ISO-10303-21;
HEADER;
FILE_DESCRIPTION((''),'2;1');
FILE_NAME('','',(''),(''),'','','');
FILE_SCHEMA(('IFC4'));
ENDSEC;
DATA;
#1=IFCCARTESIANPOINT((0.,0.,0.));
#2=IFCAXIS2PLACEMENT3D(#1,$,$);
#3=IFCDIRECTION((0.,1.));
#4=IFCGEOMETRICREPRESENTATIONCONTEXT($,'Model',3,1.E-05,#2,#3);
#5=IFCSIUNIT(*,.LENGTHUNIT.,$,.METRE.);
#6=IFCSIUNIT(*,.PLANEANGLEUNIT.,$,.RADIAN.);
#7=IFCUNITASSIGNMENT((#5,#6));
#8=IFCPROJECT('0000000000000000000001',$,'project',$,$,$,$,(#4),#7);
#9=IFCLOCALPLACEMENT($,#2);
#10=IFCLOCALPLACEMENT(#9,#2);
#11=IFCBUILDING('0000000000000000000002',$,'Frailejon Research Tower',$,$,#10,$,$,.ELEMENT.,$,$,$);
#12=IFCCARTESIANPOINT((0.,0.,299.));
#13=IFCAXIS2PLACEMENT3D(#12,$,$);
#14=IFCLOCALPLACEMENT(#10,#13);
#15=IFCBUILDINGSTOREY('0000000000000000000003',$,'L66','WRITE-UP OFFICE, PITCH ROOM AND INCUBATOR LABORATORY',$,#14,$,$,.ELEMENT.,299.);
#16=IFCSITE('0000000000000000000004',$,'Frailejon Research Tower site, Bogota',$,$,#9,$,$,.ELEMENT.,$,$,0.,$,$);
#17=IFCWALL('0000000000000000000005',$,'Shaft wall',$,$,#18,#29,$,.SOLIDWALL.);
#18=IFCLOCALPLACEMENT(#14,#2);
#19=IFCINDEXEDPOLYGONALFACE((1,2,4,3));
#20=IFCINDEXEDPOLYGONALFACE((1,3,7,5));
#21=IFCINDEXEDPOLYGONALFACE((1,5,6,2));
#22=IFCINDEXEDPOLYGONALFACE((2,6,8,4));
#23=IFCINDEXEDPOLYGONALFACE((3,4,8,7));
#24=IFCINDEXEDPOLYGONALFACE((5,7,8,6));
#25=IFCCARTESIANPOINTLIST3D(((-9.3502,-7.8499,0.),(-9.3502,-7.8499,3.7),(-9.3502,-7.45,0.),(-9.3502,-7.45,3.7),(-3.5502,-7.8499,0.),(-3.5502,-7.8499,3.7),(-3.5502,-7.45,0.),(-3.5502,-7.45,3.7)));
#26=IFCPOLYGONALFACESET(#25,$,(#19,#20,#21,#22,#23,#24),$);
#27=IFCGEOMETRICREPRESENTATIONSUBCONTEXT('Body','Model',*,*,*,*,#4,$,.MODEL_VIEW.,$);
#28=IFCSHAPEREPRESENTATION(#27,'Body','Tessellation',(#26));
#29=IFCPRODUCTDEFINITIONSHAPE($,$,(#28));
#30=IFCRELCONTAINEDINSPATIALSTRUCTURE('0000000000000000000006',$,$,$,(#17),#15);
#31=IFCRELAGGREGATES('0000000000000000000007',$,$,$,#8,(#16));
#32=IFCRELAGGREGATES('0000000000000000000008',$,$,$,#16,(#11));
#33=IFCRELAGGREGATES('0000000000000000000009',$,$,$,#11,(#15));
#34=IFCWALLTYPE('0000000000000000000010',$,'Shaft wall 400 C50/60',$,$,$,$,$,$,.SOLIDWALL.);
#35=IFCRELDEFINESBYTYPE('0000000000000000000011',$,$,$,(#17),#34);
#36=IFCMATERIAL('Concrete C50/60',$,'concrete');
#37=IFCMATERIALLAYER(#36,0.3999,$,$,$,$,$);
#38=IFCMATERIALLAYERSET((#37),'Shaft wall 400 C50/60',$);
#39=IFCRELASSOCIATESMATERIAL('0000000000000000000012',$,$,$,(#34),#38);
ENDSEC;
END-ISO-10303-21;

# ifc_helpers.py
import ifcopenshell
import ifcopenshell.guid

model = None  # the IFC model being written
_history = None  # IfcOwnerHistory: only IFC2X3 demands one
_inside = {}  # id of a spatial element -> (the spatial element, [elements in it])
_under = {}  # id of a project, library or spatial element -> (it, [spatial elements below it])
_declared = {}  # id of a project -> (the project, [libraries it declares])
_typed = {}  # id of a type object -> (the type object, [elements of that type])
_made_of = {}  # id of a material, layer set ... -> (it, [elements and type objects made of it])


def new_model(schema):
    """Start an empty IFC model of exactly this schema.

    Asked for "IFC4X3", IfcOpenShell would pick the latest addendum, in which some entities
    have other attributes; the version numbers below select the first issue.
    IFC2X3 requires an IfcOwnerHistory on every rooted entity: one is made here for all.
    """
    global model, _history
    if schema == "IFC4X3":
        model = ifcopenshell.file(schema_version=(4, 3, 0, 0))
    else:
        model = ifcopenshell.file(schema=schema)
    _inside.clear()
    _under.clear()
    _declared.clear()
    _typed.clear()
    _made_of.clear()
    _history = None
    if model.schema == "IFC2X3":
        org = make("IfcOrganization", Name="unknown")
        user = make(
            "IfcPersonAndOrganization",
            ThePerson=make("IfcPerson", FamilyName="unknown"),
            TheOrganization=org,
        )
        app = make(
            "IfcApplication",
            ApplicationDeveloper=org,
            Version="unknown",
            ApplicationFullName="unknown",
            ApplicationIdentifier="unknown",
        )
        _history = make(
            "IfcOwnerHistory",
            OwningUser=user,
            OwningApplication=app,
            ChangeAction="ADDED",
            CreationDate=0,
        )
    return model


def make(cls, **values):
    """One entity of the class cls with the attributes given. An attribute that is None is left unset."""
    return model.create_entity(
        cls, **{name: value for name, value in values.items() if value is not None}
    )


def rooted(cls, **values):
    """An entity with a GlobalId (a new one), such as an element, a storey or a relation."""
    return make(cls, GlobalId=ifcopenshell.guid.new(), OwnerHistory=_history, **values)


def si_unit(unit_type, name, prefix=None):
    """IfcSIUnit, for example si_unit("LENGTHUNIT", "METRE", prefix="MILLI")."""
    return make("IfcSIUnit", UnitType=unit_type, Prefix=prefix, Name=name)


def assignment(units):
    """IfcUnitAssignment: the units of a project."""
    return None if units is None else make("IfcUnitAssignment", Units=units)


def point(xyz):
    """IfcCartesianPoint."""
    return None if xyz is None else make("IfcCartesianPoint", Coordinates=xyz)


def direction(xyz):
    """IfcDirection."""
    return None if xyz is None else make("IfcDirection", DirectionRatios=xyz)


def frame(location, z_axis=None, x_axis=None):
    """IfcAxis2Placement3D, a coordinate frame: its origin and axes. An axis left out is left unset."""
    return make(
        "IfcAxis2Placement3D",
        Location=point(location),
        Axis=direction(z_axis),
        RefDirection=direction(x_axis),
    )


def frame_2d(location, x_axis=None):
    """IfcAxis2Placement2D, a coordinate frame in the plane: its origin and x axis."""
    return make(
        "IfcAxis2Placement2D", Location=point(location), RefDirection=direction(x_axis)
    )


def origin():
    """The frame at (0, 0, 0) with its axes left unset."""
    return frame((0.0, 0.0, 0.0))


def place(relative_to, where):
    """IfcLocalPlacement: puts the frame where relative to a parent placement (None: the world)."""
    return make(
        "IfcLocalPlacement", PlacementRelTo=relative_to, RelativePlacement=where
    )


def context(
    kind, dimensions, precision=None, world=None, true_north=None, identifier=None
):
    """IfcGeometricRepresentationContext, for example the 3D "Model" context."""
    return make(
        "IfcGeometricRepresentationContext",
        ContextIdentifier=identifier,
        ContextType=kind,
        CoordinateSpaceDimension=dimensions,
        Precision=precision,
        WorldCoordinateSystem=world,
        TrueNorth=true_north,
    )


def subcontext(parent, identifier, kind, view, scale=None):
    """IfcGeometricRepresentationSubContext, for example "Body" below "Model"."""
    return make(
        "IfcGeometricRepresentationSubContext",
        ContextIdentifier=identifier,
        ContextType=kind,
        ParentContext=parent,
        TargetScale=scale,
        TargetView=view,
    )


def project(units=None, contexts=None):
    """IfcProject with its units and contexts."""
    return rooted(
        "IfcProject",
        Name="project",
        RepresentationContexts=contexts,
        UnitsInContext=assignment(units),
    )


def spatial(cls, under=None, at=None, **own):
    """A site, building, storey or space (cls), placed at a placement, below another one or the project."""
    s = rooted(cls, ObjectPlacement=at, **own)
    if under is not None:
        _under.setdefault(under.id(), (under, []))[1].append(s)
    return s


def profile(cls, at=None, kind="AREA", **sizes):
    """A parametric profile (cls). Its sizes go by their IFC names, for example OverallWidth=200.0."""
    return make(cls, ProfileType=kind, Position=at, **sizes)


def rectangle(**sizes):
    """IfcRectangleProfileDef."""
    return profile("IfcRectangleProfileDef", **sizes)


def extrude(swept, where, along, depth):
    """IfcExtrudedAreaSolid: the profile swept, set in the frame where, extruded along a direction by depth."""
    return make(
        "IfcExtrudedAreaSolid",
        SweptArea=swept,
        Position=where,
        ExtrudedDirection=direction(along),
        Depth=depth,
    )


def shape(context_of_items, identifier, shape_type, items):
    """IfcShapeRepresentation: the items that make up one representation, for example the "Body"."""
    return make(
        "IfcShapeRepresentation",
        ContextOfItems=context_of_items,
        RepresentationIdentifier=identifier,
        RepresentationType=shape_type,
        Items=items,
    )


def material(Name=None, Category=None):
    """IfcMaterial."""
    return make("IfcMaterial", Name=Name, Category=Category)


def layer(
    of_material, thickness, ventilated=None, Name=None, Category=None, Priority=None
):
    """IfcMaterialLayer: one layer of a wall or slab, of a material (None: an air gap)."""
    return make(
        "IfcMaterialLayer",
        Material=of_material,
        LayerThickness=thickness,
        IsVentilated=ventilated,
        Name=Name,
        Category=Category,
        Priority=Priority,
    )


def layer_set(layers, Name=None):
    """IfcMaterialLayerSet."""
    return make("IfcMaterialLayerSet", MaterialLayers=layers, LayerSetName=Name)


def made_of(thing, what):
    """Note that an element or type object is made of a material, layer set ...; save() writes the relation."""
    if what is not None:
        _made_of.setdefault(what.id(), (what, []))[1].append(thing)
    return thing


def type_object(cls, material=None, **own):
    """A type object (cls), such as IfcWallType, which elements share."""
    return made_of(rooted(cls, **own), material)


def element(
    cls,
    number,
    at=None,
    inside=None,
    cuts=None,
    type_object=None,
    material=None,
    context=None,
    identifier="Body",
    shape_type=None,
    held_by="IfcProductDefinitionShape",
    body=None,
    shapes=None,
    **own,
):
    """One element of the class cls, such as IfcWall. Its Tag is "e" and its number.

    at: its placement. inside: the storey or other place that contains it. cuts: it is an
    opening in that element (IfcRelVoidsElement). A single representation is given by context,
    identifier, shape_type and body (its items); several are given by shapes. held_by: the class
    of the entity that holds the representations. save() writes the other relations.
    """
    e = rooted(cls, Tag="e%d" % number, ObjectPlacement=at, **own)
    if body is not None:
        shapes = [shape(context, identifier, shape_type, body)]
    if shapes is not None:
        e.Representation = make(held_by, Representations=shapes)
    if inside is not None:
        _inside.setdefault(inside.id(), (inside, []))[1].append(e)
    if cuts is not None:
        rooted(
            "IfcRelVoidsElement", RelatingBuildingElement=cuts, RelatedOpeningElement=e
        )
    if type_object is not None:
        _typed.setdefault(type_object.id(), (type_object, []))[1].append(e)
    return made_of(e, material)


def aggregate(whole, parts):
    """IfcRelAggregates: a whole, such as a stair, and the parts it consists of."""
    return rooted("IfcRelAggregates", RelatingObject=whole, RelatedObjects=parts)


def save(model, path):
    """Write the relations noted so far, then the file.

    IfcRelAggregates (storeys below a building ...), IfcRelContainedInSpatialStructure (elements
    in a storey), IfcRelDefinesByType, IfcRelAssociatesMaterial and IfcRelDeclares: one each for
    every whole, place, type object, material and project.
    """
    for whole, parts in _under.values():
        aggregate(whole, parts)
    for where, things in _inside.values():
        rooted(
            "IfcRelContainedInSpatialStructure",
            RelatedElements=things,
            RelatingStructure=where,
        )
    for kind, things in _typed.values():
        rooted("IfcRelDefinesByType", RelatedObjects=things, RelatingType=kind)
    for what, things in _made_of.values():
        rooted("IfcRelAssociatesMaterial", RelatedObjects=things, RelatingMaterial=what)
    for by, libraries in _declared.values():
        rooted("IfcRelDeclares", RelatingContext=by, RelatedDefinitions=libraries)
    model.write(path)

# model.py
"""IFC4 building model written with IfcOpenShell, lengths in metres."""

from ifc_helpers import new_model, si_unit, direction, frame, frame_2d, origin, place, context, subcontext, project, spatial, rectangle, extrude, material, layer, layer_set, type_object, element, save


model = new_model("IFC4")

# Units and contexts
model_context = context("Model", 3, precision=1e-05, world=origin(), true_north=direction((0.0, 1.0)))
body_context = subcontext(model_context, "Body", "Model", "MODEL_VIEW")
ifc_project = project(units=[si_unit("LENGTHUNIT", "METRE"), si_unit("PLANEANGLEUNIT", "RADIAN")], contexts=[model_context])

# Site, building, storey
site_placement = place(None, origin())
site = spatial("IfcSite", under=ifc_project, at=site_placement, Name="Frailejon Research Tower site, Bogota", CompositionType="ELEMENT", RefElevation=0.0)
building_placement = place(site_placement, origin())
building = spatial("IfcBuilding", under=site, at=building_placement, Name="Frailejon Research Tower", CompositionType="ELEMENT")
storey_placement = place(building_placement, frame((0.0, 0.0, 299.0)))
storey = spatial("IfcBuildingStorey", under=building, at=storey_placement, Name="L66", Description="WRITE-UP OFFICE, PITCH ROOM AND INCUBATOR LABORATORY", CompositionType="ELEMENT", Elevation=299.0)

# Wall
ifc_material_1 = material(Name="Concrete C50/60", Category="concrete")
ifc_layer_1 = layer(ifc_material_1, 0.3999)
ifc_layer_set_1 = layer_set([ifc_layer_1], Name="Shaft wall 400 C50/60")
wall_type_1 = type_object("IfcWallType", Name="Shaft wall 400 C50/60", PredefinedType="SOLIDWALL", material=ifc_layer_set_1)
wall_1_placement = place(storey_placement, frame((-9.3501, -7.6499, 0.0), z_axis=(0.0, 0.0, 1.0), x_axis=(1.0, 0.0, 0.0)))
element("IfcWall", 1, at=wall_1_placement, inside=storey, type_object=wall_type_1, Name="Shaft wall", PredefinedType="SOLIDWALL", context=body_context, shape_type="SweptSolid", body=[
    extrude(rectangle(XDim=5.8, YDim=0.3999, at=frame_2d((2.8999, 0.0))), origin(), (0.0, 0.0, 1.0), 3.7),
])

save(model, "model.ifc")
